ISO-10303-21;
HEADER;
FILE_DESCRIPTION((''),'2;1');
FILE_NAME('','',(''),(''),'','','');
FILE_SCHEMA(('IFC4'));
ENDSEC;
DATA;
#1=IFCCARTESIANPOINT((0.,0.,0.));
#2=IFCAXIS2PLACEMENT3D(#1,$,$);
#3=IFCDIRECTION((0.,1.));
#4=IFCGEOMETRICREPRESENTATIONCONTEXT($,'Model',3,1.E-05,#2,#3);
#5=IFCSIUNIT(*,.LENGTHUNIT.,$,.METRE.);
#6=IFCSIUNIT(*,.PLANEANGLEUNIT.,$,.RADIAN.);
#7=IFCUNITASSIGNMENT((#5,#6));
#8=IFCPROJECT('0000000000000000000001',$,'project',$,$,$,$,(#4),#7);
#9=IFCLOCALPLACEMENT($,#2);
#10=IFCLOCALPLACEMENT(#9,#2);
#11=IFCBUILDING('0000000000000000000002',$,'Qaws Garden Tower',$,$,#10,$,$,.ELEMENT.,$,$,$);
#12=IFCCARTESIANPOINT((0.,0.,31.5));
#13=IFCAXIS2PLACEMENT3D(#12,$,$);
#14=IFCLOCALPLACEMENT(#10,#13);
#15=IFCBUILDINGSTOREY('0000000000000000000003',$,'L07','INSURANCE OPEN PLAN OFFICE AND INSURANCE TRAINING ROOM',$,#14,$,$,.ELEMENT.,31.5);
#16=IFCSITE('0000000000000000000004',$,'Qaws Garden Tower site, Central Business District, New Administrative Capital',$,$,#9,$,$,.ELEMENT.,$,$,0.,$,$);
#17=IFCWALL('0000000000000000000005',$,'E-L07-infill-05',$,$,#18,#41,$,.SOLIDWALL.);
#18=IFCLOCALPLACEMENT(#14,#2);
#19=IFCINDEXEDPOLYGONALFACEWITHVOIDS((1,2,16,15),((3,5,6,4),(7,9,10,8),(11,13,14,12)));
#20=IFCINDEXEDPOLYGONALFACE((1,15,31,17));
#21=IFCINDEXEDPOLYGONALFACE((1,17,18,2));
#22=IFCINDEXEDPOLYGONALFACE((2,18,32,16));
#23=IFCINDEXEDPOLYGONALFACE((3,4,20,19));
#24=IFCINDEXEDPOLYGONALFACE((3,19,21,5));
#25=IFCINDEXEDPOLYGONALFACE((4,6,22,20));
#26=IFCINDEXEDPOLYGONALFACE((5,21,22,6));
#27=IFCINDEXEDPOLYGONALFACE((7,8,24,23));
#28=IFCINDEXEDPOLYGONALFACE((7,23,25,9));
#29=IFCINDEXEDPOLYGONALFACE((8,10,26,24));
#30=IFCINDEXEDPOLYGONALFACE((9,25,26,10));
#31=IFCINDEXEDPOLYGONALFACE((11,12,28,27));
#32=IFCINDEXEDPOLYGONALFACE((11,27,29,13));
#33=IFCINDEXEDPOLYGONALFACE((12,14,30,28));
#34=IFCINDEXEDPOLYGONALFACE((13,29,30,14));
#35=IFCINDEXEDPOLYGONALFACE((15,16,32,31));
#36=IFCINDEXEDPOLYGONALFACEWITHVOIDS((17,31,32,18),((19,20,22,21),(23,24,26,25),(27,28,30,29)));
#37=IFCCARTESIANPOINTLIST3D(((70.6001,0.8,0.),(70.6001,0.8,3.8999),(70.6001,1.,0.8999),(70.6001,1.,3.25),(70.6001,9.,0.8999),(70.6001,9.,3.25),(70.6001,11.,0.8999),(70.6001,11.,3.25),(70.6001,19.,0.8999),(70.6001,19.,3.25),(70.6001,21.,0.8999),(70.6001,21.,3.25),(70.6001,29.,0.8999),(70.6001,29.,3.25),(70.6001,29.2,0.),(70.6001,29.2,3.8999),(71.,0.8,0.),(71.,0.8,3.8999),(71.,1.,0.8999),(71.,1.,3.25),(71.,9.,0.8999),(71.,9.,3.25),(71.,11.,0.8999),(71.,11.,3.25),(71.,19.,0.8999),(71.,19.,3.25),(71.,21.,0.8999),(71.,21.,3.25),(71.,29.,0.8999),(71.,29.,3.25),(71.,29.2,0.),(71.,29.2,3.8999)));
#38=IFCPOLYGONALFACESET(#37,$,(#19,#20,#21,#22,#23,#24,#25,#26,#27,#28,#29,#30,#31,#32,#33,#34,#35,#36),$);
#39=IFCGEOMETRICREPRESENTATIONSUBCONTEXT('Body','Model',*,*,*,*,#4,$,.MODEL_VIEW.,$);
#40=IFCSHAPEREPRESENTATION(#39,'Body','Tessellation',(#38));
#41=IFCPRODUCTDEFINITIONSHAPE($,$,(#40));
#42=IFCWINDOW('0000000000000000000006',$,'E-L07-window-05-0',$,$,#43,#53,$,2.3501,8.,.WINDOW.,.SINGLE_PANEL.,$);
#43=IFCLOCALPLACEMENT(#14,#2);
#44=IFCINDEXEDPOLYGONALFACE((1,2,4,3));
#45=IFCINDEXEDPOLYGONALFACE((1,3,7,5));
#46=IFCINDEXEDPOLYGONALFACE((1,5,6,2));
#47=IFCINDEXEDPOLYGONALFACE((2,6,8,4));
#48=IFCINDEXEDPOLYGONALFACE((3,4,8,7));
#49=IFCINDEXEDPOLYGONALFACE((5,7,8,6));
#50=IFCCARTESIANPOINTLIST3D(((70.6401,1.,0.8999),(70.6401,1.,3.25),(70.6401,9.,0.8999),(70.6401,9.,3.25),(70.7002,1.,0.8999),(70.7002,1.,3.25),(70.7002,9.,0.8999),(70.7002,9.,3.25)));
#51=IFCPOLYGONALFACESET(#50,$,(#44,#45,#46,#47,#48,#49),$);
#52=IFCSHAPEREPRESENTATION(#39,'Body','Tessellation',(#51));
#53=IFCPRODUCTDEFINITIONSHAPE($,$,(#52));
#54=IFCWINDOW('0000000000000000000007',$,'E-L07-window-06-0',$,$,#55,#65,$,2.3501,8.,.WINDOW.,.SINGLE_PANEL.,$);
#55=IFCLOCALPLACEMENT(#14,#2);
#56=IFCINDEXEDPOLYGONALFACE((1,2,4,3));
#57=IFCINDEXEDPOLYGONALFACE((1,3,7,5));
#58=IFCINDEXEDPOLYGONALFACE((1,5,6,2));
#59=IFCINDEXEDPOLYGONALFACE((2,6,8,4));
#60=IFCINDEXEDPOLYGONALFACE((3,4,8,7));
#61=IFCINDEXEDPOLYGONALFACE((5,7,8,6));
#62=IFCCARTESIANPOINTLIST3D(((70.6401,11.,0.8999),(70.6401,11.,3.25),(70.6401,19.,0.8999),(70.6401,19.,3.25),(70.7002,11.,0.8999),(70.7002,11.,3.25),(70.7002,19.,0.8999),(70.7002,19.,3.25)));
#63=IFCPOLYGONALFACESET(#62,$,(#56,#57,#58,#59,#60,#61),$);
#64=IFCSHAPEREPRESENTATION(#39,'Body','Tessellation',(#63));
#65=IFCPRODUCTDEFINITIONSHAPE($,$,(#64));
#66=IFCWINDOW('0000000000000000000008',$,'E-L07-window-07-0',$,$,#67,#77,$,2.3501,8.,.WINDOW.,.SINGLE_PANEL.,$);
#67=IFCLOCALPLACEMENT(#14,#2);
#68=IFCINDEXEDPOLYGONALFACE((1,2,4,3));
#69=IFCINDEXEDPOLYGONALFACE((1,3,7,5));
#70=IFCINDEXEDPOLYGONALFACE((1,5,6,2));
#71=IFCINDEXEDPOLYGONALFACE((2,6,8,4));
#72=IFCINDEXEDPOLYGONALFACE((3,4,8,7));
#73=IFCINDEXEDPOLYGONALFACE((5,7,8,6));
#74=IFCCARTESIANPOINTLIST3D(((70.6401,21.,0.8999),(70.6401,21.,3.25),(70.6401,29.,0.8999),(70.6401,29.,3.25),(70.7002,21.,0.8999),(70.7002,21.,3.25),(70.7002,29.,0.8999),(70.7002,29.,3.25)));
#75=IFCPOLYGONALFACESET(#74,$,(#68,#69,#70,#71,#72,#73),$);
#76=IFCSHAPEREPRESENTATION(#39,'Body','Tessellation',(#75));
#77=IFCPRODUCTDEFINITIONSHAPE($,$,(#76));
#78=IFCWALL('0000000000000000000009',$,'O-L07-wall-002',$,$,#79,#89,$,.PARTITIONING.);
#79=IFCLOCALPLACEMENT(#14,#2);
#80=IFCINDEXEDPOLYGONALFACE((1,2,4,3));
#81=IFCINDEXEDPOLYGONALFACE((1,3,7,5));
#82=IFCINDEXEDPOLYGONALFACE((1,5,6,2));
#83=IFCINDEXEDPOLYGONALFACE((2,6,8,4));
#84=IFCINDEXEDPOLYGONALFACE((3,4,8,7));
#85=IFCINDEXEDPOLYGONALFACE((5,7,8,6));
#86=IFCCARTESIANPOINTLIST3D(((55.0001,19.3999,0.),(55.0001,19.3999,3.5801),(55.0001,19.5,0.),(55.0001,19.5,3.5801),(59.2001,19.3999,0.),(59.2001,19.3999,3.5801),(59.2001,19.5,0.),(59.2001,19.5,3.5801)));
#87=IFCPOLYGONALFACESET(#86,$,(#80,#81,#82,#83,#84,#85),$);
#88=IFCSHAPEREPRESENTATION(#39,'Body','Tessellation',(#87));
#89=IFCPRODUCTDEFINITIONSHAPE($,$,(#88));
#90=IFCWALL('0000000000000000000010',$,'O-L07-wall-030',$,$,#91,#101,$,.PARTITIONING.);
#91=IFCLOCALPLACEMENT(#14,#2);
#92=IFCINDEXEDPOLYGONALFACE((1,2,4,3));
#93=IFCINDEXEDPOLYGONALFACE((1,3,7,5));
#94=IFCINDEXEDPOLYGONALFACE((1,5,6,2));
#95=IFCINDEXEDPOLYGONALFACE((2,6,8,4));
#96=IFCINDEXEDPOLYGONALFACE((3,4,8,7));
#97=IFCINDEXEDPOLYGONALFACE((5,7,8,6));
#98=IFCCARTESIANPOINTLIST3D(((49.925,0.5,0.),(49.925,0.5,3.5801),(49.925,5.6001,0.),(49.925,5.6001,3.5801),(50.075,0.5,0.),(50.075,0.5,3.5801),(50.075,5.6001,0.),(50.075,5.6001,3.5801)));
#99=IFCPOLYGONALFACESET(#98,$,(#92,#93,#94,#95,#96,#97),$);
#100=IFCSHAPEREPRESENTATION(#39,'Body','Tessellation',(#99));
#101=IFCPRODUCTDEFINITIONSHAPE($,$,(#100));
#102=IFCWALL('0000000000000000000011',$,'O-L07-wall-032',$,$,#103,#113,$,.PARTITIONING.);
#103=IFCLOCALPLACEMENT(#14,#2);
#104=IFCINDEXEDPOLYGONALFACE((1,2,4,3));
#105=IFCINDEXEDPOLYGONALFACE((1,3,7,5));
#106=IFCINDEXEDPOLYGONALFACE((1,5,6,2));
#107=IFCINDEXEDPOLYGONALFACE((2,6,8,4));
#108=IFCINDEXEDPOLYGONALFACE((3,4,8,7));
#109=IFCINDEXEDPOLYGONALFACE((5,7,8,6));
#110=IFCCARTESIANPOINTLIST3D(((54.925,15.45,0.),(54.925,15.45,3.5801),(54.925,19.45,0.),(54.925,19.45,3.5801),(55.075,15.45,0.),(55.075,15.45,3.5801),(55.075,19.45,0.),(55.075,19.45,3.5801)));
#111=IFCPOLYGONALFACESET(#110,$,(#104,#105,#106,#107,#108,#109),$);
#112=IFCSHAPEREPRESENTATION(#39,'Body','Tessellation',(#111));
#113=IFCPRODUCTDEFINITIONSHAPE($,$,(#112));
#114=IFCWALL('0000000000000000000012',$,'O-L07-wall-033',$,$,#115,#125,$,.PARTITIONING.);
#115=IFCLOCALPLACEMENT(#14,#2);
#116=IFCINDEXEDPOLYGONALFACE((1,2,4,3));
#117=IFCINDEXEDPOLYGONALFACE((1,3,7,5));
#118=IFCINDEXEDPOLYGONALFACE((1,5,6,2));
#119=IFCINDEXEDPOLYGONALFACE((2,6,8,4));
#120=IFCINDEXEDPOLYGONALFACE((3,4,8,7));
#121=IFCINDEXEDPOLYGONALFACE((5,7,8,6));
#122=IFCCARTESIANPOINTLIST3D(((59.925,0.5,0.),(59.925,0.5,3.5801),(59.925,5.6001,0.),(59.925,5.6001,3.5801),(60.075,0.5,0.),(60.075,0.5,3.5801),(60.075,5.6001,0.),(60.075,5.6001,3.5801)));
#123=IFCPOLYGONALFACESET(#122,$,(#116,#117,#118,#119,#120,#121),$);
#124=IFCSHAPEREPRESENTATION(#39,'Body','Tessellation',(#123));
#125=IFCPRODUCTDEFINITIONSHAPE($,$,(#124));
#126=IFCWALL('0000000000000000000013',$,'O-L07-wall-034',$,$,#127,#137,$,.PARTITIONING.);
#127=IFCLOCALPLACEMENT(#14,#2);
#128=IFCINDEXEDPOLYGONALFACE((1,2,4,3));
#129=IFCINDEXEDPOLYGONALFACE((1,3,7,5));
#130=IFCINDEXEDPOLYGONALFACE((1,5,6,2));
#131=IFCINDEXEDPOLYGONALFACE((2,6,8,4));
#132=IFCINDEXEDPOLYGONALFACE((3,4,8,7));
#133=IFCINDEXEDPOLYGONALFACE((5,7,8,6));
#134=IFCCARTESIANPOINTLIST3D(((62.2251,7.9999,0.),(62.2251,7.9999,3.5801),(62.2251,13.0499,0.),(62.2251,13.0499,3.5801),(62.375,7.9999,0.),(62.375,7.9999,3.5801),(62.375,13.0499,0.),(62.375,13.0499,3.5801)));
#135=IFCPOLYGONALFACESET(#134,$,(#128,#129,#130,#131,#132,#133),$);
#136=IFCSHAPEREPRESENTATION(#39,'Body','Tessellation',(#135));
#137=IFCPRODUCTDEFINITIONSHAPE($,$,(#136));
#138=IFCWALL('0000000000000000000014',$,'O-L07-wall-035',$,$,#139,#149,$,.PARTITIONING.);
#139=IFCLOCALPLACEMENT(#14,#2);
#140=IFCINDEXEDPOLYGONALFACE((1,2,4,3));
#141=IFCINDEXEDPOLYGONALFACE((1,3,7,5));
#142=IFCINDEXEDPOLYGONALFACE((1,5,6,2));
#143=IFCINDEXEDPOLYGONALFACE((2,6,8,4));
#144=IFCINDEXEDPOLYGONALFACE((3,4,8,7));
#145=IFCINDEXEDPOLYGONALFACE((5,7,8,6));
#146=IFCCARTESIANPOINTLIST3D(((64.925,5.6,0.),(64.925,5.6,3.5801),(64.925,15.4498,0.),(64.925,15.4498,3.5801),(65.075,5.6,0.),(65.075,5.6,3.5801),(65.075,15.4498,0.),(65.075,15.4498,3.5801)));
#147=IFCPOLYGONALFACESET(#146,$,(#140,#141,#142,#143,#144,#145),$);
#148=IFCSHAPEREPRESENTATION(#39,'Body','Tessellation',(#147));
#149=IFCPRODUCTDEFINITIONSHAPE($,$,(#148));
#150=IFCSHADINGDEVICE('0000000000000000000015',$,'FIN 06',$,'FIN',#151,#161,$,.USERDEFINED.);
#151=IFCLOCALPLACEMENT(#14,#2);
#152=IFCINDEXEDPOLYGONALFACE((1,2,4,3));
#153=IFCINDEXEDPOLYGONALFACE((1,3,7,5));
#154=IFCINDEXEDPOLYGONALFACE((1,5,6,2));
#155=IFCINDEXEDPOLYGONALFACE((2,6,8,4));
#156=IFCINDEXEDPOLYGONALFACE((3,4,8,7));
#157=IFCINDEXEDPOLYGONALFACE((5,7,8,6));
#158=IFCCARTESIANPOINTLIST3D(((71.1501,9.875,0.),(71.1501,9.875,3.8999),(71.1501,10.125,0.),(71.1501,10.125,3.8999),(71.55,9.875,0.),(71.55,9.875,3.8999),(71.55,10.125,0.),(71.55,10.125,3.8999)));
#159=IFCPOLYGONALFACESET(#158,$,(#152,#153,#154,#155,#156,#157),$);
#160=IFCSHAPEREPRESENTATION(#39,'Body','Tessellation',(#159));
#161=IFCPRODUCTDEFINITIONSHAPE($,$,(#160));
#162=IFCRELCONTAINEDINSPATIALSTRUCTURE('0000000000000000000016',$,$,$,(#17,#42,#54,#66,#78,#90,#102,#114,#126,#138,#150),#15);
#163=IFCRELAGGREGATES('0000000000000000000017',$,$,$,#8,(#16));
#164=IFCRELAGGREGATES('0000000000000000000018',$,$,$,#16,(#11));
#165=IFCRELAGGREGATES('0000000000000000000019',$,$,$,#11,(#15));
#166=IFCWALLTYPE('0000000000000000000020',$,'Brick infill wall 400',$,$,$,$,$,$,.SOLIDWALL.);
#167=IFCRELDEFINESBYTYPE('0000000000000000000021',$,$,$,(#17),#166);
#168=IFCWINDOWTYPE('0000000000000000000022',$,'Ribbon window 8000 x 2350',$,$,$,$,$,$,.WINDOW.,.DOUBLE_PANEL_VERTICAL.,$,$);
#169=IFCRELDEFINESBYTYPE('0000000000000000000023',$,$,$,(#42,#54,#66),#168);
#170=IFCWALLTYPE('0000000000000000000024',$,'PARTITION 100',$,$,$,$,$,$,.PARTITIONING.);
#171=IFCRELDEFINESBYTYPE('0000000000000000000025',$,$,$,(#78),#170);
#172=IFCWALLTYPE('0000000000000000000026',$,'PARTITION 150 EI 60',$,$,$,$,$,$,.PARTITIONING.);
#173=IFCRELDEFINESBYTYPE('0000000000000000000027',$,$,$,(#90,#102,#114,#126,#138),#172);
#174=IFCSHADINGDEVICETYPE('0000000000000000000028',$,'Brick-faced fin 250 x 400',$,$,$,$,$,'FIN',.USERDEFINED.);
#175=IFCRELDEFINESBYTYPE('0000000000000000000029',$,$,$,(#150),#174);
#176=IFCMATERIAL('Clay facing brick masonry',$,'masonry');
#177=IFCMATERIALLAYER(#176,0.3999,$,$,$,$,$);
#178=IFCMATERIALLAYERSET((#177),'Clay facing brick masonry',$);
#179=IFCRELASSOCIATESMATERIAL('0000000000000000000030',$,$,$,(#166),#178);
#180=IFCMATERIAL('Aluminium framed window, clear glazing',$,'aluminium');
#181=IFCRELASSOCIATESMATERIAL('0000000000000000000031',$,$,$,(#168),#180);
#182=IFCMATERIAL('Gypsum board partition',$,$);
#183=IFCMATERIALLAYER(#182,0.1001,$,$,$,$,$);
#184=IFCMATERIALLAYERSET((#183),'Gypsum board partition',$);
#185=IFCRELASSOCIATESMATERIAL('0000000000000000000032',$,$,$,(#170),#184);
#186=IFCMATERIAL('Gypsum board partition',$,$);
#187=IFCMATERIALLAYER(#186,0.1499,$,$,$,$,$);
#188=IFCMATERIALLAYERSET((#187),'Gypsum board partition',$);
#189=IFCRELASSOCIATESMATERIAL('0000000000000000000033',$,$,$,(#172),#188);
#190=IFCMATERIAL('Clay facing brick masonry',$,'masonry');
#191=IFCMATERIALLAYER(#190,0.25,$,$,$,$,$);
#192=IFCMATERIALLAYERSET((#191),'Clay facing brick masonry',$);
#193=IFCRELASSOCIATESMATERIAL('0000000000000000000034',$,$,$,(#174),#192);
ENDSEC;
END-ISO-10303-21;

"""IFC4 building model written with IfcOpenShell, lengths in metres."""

from ifc_helpers import new_model, si_unit, direction, frame, frame_2d, origin, origin_2d, place, context, subcontext, project, spatial, rectangle, extrude, material, layer, layer_set, type_object, element, fill, save


model = new_model("IFC4")

# Units and contexts
model_context = context("Model", 3, precision=1e-05, world=origin(), true_north=direction((0.0, 1.0)))
body_context = subcontext(model_context, "Body", "Model", "MODEL_VIEW")
ifc_project = project(units=[si_unit("LENGTHUNIT", "METRE"), si_unit("PLANEANGLEUNIT", "RADIAN")], contexts=[model_context])

# Site, building, storey
site_placement = place(None, origin())
site = spatial("IfcSite", under=ifc_project, at=site_placement, Name="Qaws Garden Tower site, Central Business District, New Administrative Capital", CompositionType="ELEMENT", RefElevation=0.0)
building_placement = place(site_placement, origin())
building = spatial("IfcBuilding", under=site, at=building_placement, Name="Qaws Garden Tower", CompositionType="ELEMENT")
storey_placement = place(building_placement, frame((0.0, 0.0, 31.5)))
storey = spatial("IfcBuildingStorey", under=building, at=storey_placement, Name="L07", Description="INSURANCE OPEN PLAN OFFICE AND INSURANCE TRAINING ROOM", CompositionType="ELEMENT", Elevation=31.5)

# Wall, openings, windows
ifc_material_1 = material(Name="Clay facing brick masonry", Category="masonry")
ifc_layer_1 = layer(ifc_material_1, 0.3999)
ifc_layer_set_1 = layer_set([ifc_layer_1], Name="Clay facing brick masonry")
wall_type_1 = type_object("IfcWallType", Name="Brick infill wall 400", PredefinedType="SOLIDWALL", material=ifc_layer_set_1)
wall_1_placement = place(storey_placement, frame((70.8, 0.8, 0.0), z_axis=(0.0, 0.0, 1.0), x_axis=(0.0, 1.0, 0.0)))
wall_1 = element("IfcWall", 1, at=wall_1_placement, inside=storey, type_object=wall_type_1, Name="E-L07-infill-05", PredefinedType="SOLIDWALL", context=body_context, shape_type="SweptSolid", body=[
    extrude(rectangle(XDim=28.3999, YDim=0.3999, at=frame_2d((14.2, 0.0))), origin(), (0.0, 0.0, 1.0), 3.8999),
])
opening_1_placement = place(wall_1_placement, frame((0.2, 0.0, 0.8999)))
opening_1 = element("IfcOpeningElement", 2, at=opening_1_placement, cuts=wall_1, PredefinedType="OPENING", context=body_context, shape_type="SweptSolid", body=[
    extrude(rectangle(XDim=8.0, YDim=2.3501, at=frame_2d((4.0, 1.175))), frame((0.0, 0.21, 0.0), z_axis=(0.0, -1.0, 0.0), x_axis=(1.0, 0.0, 0.0)), (0.0, 0.0, 1.0), 0.4199),
])
opening_2_placement = place(wall_1_placement, frame((10.2, 0.0, 0.8999)))
opening_2 = element("IfcOpeningElement", 3, at=opening_2_placement, cuts=wall_1, PredefinedType="OPENING", context=body_context, shape_type="SweptSolid", body=[
    extrude(rectangle(XDim=8.0, YDim=2.3501, at=frame_2d((4.0, 1.175))), frame((0.0, 0.21, 0.0), z_axis=(0.0, -1.0, 0.0), x_axis=(1.0, 0.0, 0.0)), (0.0, 0.0, 1.0), 0.4199),
])
opening_3_placement = place(wall_1_placement, frame((20.2, 0.0, 0.8999)))
opening_3 = element("IfcOpeningElement", 4, at=opening_3_placement, cuts=wall_1, PredefinedType="OPENING", context=body_context, shape_type="SweptSolid", body=[
    extrude(rectangle(XDim=8.0, YDim=2.3501, at=frame_2d((4.0, 1.175))), frame((0.0, 0.21, 0.0), z_axis=(0.0, -1.0, 0.0), x_axis=(1.0, 0.0, 0.0)), (0.0, 0.0, 1.0), 0.4199),
])
ifc_material_2 = material(Name="Aluminium framed window, clear glazing", Category="aluminium")
window_type = type_object("IfcWindowType", Name="Ribbon window 8000 x 2350", PartitioningType="DOUBLE_PANEL_VERTICAL", PredefinedType="WINDOW", material=ifc_material_2)
window_1_placement = place(opening_1_placement, origin())
window_1 = element("IfcWindow", 5, at=window_1_placement, inside=storey, type_object=window_type, Name="E-L07-window-05-0", OverallHeight=2.3501, OverallWidth=8.0, PartitioningType="SINGLE_PANEL", PredefinedType="WINDOW", context=body_context, shape_type="SweptSolid", body=[
    extrude(rectangle(XDim=8.0, YDim=2.3501, at=frame_2d((4.0, 1.175))), frame((0.0, 0.1599, 0.0), z_axis=(0.0, -1.0, 0.0), x_axis=(1.0, 0.0, 0.0)), (0.0, 0.0, 1.0), 0.0601),
])
fill(opening_1, window_1)
window_2_placement = place(opening_2_placement, origin())
window_2 = element("IfcWindow", 6, at=window_2_placement, inside=storey, type_object=window_type, Name="E-L07-window-06-0", OverallHeight=2.3501, OverallWidth=8.0, PartitioningType="SINGLE_PANEL", PredefinedType="WINDOW", context=body_context, shape_type="SweptSolid", body=[
    extrude(rectangle(XDim=8.0, YDim=2.3501, at=frame_2d((4.0, 1.175))), frame((0.0, 0.1599, 0.0), z_axis=(0.0, -1.0, 0.0), x_axis=(1.0, 0.0, 0.0)), (0.0, 0.0, 1.0), 0.0601),
])
fill(opening_2, window_2)
window_3_placement = place(opening_3_placement, origin())
window_3 = element("IfcWindow", 7, at=window_3_placement, inside=storey, type_object=window_type, Name="E-L07-window-07-0", OverallHeight=2.3501, OverallWidth=8.0, PartitioningType="SINGLE_PANEL", PredefinedType="WINDOW", context=body_context, shape_type="SweptSolid", body=[
    extrude(rectangle(XDim=8.0, YDim=2.3501, at=frame_2d((4.0, 1.175))), frame((0.0, 0.1599, 0.0), z_axis=(0.0, -1.0, 0.0), x_axis=(1.0, 0.0, 0.0)), (0.0, 0.0, 1.0), 0.0601),
])
fill(opening_3, window_3)

# Walls
ifc_material_3 = material(Name="Gypsum board partition")
ifc_layer_2 = layer(ifc_material_3, 0.1001)
ifc_layer_set_2 = layer_set([ifc_layer_2], Name="Gypsum board partition")
wall_type_2 = type_object("IfcWallType", Name="PARTITION 100", PredefinedType="PARTITIONING", material=ifc_layer_set_2)
wall_2_placement = place(storey_placement, frame((55.0, 19.45, 0.0), z_axis=(0.0, 0.0, 1.0), x_axis=(1.0, 0.0, 0.0)))
element("IfcWall", 8, at=wall_2_placement, inside=storey, type_object=wall_type_2, Name="O-L07-wall-002", PredefinedType="PARTITIONING", context=body_context, shape_type="SweptSolid", body=[
    extrude(rectangle(XDim=4.2, YDim=0.1001, at=frame_2d((2.1001, 0.0))), origin(), (0.0, 0.0, 1.0), 3.5801),
])
ifc_material_4 = material(Name="Gypsum board partition")
ifc_layer_3 = layer(ifc_material_4, 0.1499)
ifc_layer_set_3 = layer_set([ifc_layer_3], Name="Gypsum board partition")
wall_type_3 = type_object("IfcWallType", Name="PARTITION 150 EI 60", PredefinedType="PARTITIONING", material=ifc_layer_set_3)
wall_3_placement = place(storey_placement, frame((50.0, 0.5, 0.0), z_axis=(0.0, 0.0, 1.0), x_axis=(0.0, 1.0, 0.0)))
element("IfcWall", 9, at=wall_3_placement, inside=storey, type_object=wall_type_3, Name="O-L07-wall-030", PredefinedType="PARTITIONING", context=body_context, shape_type="SweptSolid", body=[
    extrude(rectangle(XDim=5.1001, YDim=0.1499, at=frame_2d((2.55, 0.0))), origin(), (0.0, 0.0, 1.0), 3.5801),
])
wall_4_placement = place(storey_placement, frame((55.0, 15.45, 0.0), z_axis=(0.0, 0.0, 1.0), x_axis=(0.0, 1.0, 0.0)))
element("IfcWall", 10, at=wall_4_placement, inside=storey, type_object=wall_type_3, Name="O-L07-wall-032", PredefinedType="PARTITIONING", context=body_context, shape_type="SweptSolid", body=[
    extrude(rectangle(XDim=4.0, YDim=0.1499, at=frame_2d((2.0, 0.0))), origin(), (0.0, 0.0, 1.0), 3.5801),
])
wall_5_placement = place(storey_placement, frame((60.0, 0.5, 0.0), z_axis=(0.0, 0.0, 1.0), x_axis=(0.0, 1.0, 0.0)))
element("IfcWall", 11, at=wall_5_placement, inside=storey, type_object=wall_type_3, Name="O-L07-wall-033", PredefinedType="PARTITIONING", context=body_context, shape_type="SweptSolid", body=[
    extrude(rectangle(XDim=5.1001, YDim=0.1499, at=frame_2d((2.55, 0.0))), origin(), (0.0, 0.0, 1.0), 3.5801),
])
wall_6_placement = place(storey_placement, frame((62.3, 8.0, 0.0), z_axis=(0.0, 0.0, 1.0), x_axis=(0.0, 1.0, 0.0)))
element("IfcWall", 12, at=wall_6_placement, inside=storey, type_object=wall_type_3, Name="O-L07-wall-034", PredefinedType="PARTITIONING", context=body_context, shape_type="SweptSolid", body=[
    extrude(rectangle(XDim=5.05, YDim=0.1499, at=frame_2d((2.5249, 0.0))), origin(), (0.0, 0.0, 1.0), 3.5801),
])
wall_7_placement = place(storey_placement, frame((65.0, 5.6001, 0.0), z_axis=(0.0, 0.0, 1.0), x_axis=(0.0, 1.0, 0.0)))
element("IfcWall", 13, at=wall_7_placement, inside=storey, type_object=wall_type_3, Name="O-L07-wall-035", PredefinedType="PARTITIONING", context=body_context, shape_type="SweptSolid", body=[
    extrude(rectangle(XDim=9.8499, YDim=0.1499, at=frame_2d((4.9248, 0.0))), origin(), (0.0, 0.0, 1.0), 3.5801),
])

# Shading device
ifc_material_5 = material(Name="Clay facing brick masonry", Category="masonry")
ifc_layer_4 = layer(ifc_material_5, 0.25)
ifc_layer_set_4 = layer_set([ifc_layer_4], Name="Clay facing brick masonry")
shading_device_type = type_object("IfcShadingDeviceType", Name="Brick-faced fin 250 x 400", ElementType="FIN", PredefinedType="USERDEFINED", material=ifc_layer_set_4)
shading_device_placement = place(storey_placement, frame((71.3501, 10.0, 0.0), z_axis=(0.0, 0.0, 1.0), x_axis=(0.0, 1.0, 0.0)))
element("IfcShadingDevice", 14, at=shading_device_placement, inside=storey, type_object=shading_device_type, Name="FIN 06", ObjectType="FIN", PredefinedType="USERDEFINED", context=body_context, shape_type="SweptSolid", body=[
    extrude(rectangle(XDim=0.25, YDim=0.3999, at=origin_2d()), origin(), (0.0, 0.0, 1.0), 3.8999),
])

save(model, "model.ifc")
